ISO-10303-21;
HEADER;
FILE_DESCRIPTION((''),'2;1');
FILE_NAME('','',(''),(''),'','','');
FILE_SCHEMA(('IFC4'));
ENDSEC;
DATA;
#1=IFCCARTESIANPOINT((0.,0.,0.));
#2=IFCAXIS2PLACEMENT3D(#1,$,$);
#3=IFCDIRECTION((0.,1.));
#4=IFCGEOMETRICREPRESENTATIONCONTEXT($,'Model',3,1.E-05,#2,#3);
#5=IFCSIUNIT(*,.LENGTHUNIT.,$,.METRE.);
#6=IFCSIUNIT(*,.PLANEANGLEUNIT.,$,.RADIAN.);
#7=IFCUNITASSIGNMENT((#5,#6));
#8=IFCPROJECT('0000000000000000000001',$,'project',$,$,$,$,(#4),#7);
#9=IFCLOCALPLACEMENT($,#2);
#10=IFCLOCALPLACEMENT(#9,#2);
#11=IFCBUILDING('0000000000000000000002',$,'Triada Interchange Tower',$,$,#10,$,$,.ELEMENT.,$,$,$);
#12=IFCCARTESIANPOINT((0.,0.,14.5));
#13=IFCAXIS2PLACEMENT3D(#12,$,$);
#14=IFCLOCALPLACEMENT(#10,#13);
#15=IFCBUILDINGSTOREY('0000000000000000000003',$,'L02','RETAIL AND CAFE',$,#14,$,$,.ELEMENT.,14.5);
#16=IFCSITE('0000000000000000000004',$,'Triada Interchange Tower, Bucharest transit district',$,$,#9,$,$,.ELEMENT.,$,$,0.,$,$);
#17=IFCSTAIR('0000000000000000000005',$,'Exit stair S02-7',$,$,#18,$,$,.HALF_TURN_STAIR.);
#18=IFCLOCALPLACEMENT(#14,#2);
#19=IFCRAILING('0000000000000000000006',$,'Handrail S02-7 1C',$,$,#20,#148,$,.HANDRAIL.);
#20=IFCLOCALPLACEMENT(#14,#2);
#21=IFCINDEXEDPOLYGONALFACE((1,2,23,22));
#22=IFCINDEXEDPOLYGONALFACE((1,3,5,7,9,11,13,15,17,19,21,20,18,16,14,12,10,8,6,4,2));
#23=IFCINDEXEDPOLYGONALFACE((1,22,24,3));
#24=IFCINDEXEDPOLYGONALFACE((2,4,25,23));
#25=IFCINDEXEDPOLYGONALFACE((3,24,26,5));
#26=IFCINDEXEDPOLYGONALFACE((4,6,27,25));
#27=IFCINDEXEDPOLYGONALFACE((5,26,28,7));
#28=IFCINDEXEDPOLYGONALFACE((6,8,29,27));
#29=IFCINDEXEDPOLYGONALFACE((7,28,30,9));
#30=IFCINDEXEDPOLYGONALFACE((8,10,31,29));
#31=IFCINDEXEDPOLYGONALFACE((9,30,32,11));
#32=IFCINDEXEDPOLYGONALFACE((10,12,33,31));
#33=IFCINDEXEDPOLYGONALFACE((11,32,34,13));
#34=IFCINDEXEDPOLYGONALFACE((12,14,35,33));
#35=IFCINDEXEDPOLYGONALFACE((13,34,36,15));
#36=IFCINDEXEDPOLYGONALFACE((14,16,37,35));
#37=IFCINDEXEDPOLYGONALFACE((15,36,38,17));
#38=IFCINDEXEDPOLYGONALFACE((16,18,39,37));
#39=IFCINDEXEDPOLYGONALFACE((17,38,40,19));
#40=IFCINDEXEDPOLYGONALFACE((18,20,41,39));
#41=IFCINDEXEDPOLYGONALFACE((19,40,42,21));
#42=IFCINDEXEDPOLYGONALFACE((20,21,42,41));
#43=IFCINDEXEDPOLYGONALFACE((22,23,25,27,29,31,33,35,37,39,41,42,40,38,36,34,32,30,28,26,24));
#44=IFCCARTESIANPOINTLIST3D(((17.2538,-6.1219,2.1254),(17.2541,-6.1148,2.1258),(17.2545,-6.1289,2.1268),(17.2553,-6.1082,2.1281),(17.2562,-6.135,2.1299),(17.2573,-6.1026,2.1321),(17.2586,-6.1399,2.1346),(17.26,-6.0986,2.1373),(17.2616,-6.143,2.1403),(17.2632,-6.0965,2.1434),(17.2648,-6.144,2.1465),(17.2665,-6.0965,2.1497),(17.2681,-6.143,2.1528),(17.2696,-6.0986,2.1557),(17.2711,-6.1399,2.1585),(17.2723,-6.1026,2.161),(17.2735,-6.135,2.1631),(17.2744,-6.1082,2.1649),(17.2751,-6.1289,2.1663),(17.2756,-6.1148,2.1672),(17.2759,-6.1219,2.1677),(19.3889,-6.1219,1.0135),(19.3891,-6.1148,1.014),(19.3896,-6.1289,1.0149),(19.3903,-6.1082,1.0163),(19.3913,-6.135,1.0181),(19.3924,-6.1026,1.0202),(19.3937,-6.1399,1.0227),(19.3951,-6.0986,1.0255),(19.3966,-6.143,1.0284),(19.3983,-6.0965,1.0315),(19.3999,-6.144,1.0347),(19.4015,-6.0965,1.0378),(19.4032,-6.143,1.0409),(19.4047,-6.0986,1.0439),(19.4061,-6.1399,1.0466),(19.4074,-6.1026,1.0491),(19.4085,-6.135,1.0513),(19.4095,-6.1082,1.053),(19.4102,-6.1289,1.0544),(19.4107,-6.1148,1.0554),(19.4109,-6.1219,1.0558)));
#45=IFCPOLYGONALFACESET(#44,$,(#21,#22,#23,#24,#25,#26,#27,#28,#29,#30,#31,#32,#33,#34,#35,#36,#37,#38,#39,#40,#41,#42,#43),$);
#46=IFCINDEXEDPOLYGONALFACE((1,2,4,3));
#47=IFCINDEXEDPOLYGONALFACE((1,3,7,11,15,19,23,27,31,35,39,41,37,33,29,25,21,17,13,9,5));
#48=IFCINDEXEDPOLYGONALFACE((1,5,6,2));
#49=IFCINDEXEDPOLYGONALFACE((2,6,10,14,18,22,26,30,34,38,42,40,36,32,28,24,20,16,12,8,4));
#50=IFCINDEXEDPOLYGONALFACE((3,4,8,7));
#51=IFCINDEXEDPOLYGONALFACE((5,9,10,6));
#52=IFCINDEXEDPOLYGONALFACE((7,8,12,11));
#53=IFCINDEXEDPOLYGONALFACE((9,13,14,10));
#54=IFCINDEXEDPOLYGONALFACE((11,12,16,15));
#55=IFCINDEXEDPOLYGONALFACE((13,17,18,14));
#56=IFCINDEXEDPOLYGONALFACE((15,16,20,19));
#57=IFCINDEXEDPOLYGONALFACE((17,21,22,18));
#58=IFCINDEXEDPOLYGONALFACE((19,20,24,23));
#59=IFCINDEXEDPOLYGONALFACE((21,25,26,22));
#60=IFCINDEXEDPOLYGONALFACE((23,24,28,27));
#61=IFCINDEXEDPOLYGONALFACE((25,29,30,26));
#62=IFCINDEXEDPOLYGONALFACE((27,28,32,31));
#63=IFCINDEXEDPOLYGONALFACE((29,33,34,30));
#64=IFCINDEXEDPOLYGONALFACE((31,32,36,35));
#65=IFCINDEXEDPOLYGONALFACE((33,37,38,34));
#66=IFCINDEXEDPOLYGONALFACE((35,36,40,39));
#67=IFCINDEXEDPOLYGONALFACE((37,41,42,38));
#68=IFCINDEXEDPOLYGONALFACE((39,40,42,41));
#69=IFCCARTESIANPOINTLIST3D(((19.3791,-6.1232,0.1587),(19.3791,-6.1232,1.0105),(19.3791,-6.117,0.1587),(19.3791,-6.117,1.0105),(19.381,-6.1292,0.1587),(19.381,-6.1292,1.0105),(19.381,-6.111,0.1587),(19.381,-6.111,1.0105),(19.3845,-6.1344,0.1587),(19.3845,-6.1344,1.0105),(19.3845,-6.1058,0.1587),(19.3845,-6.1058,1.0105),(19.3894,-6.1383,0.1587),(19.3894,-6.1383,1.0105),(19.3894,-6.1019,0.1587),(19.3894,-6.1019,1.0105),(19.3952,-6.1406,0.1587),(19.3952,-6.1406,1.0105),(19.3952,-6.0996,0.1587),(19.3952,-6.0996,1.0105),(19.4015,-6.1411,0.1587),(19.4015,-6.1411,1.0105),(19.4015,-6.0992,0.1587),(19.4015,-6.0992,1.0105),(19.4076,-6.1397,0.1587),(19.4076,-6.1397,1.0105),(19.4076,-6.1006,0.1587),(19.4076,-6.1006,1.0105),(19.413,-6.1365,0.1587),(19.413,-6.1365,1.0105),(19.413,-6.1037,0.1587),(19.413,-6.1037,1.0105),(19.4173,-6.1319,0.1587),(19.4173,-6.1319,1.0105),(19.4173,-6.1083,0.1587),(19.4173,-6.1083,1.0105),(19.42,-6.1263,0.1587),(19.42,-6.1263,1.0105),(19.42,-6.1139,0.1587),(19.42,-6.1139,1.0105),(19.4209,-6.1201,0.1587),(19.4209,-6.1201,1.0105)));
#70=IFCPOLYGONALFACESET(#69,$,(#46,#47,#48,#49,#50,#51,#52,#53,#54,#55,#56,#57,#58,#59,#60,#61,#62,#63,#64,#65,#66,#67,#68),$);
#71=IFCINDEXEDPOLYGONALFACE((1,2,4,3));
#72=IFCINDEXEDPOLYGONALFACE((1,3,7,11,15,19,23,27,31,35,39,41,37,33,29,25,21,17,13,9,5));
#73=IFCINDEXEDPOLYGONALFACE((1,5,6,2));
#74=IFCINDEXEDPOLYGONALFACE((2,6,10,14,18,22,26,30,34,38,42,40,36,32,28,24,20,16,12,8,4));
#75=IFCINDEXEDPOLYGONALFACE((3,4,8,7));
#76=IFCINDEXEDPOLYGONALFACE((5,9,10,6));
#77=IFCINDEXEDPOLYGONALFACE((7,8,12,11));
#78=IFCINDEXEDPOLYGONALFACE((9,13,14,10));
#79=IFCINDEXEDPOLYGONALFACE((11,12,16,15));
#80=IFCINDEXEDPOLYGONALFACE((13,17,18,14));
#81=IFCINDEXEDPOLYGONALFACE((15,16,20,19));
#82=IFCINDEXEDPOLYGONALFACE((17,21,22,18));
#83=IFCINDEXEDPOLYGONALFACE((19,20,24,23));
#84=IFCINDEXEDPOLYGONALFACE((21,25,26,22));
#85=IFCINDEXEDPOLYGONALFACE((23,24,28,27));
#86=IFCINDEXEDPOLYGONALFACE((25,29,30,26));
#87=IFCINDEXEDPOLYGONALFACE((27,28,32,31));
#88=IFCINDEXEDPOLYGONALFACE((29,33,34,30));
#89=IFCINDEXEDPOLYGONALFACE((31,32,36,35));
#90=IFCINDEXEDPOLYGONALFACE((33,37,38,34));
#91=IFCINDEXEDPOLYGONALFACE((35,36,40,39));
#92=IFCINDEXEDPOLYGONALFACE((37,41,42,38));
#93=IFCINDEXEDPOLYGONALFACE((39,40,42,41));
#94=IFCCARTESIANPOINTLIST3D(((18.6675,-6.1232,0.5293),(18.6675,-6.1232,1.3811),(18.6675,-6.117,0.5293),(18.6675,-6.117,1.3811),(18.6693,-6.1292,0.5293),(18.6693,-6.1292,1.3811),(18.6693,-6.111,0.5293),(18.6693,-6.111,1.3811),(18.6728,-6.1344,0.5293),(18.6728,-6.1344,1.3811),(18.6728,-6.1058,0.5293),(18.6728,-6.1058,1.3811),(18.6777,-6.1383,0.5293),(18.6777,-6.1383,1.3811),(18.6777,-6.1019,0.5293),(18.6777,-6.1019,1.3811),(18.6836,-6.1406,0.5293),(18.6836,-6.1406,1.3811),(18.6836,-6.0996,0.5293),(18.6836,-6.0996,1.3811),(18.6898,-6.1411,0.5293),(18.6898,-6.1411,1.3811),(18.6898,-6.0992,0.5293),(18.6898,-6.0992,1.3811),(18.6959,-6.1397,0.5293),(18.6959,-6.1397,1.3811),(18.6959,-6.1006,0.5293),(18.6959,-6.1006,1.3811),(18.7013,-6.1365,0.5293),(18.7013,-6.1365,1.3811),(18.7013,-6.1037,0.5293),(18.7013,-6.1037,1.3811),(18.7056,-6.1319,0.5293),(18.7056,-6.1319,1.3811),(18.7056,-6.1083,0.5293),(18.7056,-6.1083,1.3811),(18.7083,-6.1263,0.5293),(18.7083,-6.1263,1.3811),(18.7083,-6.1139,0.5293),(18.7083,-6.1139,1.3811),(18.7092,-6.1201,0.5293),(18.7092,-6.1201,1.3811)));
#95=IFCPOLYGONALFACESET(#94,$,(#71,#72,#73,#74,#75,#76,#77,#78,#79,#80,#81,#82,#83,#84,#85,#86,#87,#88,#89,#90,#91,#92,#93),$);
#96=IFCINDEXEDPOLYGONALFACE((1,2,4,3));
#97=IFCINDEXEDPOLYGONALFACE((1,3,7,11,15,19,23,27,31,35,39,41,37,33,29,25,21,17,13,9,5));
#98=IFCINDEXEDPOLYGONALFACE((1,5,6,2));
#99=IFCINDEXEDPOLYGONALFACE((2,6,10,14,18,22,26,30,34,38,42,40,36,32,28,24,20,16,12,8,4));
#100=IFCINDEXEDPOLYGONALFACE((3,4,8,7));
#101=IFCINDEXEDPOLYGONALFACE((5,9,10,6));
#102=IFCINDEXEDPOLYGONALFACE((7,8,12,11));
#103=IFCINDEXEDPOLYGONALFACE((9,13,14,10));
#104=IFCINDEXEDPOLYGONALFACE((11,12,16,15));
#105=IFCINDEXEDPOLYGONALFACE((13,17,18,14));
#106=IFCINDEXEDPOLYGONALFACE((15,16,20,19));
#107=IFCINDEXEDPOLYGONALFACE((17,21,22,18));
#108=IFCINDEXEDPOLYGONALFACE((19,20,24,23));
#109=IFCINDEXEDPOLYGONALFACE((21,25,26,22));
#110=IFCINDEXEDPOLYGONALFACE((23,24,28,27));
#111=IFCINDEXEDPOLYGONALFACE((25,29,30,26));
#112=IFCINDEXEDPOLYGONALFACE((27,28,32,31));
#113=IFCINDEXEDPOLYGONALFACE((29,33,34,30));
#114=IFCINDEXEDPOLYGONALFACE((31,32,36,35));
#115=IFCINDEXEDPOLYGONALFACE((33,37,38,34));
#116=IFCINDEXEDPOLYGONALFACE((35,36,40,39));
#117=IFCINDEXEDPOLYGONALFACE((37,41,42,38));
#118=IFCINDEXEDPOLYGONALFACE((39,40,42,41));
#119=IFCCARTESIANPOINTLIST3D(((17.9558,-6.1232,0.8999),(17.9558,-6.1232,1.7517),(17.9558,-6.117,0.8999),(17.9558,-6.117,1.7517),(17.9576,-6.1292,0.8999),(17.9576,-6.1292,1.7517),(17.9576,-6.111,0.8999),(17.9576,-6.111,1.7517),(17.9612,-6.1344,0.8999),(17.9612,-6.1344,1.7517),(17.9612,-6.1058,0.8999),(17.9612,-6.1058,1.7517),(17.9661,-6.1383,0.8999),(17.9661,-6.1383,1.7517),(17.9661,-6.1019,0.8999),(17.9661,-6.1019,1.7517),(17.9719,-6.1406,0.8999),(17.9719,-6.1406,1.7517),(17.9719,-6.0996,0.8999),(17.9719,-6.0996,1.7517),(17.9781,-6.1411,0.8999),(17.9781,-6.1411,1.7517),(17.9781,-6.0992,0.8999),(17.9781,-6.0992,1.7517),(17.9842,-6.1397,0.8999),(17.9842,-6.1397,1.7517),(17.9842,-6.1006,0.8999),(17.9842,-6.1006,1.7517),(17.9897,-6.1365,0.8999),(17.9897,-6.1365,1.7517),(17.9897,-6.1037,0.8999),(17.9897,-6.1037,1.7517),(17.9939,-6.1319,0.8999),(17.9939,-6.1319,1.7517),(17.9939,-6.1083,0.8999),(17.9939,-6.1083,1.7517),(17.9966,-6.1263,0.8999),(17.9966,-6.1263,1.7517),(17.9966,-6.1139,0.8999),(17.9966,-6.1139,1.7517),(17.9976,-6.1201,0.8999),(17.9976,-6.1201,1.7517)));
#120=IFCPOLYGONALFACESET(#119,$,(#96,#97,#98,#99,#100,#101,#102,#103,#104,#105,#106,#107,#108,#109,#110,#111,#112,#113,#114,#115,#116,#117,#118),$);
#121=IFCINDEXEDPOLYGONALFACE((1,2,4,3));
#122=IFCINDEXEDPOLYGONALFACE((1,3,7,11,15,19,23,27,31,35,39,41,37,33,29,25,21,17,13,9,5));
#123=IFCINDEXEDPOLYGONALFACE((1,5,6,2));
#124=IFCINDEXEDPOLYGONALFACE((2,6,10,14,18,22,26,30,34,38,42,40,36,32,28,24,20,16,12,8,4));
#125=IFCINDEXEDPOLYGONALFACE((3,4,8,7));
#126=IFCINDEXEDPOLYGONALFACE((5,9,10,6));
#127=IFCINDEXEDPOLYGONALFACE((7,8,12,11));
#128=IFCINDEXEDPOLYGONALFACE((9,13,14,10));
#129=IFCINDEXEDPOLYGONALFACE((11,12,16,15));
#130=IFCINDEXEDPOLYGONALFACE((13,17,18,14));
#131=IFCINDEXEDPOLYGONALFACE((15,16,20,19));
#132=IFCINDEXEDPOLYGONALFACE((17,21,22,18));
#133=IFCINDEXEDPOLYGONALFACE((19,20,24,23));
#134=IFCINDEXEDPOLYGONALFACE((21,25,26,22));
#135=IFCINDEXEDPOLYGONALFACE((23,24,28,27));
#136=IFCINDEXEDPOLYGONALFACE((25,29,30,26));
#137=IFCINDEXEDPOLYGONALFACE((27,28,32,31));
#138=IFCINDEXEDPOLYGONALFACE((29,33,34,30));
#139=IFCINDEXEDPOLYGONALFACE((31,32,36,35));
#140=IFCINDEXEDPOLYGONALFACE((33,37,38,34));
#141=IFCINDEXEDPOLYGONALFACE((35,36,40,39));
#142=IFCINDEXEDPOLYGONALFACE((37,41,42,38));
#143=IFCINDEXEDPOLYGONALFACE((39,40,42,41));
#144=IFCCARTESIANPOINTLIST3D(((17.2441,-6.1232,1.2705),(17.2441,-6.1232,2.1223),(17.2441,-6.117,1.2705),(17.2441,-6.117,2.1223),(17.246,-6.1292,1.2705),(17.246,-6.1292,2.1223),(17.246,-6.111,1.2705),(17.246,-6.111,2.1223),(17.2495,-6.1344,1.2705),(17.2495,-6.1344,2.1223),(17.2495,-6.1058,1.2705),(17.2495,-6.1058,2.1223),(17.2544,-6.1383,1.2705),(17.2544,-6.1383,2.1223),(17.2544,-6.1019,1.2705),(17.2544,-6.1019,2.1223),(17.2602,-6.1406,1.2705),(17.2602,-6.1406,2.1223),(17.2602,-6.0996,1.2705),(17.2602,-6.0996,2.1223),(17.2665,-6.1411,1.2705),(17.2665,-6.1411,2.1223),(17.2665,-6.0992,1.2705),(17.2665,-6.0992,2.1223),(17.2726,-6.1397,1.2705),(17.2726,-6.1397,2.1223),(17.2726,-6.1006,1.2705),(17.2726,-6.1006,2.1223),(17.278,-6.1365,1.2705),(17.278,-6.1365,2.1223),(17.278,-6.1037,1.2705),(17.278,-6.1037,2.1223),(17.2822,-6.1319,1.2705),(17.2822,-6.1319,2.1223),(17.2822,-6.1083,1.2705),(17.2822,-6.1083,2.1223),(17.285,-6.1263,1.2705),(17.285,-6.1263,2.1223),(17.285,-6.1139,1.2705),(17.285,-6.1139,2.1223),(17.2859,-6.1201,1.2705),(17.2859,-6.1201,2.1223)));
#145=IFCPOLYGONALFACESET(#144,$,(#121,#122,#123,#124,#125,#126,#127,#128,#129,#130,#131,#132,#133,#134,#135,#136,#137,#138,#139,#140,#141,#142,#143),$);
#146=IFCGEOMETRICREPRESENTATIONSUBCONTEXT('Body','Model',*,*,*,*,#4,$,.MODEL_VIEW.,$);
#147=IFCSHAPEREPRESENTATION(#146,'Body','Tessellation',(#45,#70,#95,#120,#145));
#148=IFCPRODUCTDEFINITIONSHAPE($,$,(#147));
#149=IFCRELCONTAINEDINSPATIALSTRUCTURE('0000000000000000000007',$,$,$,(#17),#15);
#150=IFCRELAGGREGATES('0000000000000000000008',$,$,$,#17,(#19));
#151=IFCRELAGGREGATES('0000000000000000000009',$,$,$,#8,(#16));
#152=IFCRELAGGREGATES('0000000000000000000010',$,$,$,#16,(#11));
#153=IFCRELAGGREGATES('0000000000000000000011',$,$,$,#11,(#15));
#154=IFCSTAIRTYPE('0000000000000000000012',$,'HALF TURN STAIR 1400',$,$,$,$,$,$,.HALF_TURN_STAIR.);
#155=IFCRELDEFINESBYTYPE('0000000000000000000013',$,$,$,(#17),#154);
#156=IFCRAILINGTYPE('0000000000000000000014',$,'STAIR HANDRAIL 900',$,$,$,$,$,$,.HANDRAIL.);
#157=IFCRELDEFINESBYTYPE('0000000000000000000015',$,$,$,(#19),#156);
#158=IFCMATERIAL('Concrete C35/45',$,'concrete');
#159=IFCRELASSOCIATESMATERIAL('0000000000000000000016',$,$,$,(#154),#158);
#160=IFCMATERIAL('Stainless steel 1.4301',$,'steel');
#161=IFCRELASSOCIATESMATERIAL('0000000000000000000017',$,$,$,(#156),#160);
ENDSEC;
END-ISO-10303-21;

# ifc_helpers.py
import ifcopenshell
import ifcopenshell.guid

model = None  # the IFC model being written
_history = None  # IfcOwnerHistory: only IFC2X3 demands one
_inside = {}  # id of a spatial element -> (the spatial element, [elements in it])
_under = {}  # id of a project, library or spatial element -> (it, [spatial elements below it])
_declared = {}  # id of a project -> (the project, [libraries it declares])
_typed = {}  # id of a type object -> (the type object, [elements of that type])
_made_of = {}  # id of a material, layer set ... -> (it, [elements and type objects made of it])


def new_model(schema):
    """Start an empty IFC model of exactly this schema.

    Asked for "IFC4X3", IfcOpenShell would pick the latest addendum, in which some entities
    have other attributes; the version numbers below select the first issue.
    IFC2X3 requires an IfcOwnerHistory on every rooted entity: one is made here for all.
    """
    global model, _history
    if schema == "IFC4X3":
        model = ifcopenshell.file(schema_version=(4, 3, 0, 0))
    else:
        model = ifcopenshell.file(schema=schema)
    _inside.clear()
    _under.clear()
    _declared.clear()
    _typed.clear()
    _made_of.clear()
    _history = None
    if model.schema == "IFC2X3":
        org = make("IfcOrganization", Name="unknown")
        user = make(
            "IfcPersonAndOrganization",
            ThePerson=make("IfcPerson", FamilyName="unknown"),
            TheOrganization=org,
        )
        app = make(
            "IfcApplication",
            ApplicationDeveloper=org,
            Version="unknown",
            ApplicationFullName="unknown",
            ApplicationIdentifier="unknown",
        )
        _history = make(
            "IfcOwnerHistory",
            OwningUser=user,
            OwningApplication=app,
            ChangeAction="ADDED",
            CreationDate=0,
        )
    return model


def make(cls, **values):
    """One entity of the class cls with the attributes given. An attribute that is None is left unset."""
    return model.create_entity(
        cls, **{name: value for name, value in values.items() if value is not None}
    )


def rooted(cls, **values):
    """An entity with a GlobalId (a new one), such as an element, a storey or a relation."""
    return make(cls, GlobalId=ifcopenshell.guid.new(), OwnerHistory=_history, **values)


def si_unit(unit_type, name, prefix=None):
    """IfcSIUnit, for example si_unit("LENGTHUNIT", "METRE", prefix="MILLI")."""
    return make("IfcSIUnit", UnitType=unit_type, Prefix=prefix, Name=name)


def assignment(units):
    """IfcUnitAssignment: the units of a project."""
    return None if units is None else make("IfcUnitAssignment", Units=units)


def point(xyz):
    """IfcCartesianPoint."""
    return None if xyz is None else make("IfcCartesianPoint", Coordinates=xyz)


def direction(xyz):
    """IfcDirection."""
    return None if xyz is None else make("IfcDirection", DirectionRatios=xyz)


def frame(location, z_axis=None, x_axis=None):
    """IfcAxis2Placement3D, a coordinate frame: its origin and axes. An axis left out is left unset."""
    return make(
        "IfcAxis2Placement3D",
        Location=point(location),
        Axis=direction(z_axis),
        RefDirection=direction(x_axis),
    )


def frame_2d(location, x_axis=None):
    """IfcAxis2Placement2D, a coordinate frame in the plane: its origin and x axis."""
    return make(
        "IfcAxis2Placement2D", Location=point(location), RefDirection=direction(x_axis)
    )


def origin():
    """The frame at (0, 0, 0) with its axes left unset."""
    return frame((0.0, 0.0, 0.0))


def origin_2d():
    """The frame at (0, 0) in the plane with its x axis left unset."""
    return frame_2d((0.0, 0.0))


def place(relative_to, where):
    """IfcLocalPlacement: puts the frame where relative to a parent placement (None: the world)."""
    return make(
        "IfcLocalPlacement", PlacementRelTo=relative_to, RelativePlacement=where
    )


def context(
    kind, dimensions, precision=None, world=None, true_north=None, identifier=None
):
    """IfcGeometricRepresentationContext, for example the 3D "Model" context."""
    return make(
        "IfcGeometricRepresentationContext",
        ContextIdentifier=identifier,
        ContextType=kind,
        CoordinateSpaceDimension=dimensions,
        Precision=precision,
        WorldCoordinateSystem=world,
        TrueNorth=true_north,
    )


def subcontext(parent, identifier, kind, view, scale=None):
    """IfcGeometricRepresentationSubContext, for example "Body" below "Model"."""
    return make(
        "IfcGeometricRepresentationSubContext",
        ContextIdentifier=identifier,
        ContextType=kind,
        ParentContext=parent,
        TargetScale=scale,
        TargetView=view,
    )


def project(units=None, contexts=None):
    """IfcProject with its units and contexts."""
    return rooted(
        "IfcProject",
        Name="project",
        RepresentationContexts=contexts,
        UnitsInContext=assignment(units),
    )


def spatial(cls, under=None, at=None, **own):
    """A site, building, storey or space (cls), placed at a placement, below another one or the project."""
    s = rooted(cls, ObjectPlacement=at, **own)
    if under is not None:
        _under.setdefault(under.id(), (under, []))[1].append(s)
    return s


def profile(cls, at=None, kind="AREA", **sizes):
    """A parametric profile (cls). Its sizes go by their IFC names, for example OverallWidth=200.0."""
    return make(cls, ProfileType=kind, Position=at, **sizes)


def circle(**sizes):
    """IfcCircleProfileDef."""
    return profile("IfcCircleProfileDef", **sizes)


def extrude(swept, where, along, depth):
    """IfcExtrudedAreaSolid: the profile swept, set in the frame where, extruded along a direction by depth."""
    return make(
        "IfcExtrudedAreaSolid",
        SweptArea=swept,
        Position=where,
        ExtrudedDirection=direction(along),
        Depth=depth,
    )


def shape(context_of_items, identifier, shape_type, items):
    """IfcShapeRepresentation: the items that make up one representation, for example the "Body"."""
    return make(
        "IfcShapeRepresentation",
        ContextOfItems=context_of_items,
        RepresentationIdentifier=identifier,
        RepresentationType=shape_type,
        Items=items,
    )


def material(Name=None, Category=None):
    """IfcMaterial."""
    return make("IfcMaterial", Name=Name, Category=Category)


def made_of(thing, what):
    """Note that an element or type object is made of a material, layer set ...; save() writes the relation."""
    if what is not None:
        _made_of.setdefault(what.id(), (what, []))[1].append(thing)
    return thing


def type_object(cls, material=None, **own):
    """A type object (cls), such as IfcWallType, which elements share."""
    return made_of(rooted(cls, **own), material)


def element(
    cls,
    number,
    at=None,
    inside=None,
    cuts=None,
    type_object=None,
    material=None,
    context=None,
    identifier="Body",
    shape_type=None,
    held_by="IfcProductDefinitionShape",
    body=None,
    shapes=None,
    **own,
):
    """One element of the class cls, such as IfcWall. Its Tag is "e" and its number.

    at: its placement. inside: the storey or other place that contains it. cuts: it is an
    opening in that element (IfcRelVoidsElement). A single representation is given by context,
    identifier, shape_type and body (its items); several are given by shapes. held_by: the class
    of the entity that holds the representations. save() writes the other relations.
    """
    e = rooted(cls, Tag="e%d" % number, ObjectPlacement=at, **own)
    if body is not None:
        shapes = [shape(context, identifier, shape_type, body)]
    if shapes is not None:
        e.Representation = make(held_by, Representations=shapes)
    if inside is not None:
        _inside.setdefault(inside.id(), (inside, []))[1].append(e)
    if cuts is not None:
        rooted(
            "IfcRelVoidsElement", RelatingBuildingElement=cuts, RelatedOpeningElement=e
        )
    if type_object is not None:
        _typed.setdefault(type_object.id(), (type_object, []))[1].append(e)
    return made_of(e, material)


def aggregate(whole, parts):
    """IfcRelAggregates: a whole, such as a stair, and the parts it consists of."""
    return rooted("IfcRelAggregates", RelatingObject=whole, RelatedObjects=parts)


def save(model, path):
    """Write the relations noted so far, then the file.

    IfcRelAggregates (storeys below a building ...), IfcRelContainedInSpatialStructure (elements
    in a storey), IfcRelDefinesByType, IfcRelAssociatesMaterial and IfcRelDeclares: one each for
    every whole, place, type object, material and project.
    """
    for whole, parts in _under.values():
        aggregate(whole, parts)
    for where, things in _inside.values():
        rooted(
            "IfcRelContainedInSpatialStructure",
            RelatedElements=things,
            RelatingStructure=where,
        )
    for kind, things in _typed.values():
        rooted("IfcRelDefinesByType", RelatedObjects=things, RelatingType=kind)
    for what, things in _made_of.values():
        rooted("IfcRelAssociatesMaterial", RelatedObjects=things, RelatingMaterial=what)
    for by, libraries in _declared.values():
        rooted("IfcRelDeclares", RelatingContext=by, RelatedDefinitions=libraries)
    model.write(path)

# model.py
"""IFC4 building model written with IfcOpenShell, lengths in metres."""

from ifc_helpers import new_model, si_unit, direction, frame, origin, origin_2d, place, context, subcontext, project, spatial, circle, extrude, material, type_object, element, aggregate, save


model = new_model("IFC4")

# Units and contexts
model_context = context("Model", 3, precision=1e-05, world=origin(), true_north=direction((0.0, 1.0)))
body_context = subcontext(model_context, "Body", "Model", "MODEL_VIEW")
ifc_project = project(units=[si_unit("LENGTHUNIT", "METRE"), si_unit("PLANEANGLEUNIT", "RADIAN")], contexts=[model_context])

# Site, building, storey
site_placement = place(None, origin())
site = spatial("IfcSite", under=ifc_project, at=site_placement, Name="Triada Interchange Tower, Bucharest transit district", CompositionType="ELEMENT", RefElevation=0.0)
building_placement = place(site_placement, origin())
building = spatial("IfcBuilding", under=site, at=building_placement, Name="Triada Interchange Tower", CompositionType="ELEMENT")
storey_placement = place(building_placement, frame((0.0, 0.0, 14.5)))
storey = spatial("IfcBuildingStorey", under=building, at=storey_placement, Name="L02", Description="RETAIL AND CAFE", CompositionType="ELEMENT", Elevation=14.5)

# Shared definitions
ifc_material_1 = material(Name="Concrete C35/45", Category="concrete")

# Stair, railing
stair_type = type_object("IfcStairType", Name="HALF TURN STAIR 1400", PredefinedType="HALF_TURN_STAIR", material=ifc_material_1)
stair_placement = place(storey_placement, origin())
stair = element("IfcStair", 1, at=stair_placement, inside=storey, type_object=stair_type, Name="Exit stair S02-7", PredefinedType="HALF_TURN_STAIR")
ifc_material_2 = material(Name="Stainless steel 1.4301", Category="steel")
railing_type_1 = type_object("IfcRailingType", Name="STAIR HANDRAIL 900", PredefinedType="HANDRAIL", material=ifc_material_2)
railing_1_placement = place(storey_placement, frame((19.3999, -6.1201, 0.1587)))
railing_1 = element("IfcRailing", 2, at=railing_1_placement, type_object=railing_type_1, Name="Handrail S02-7 1C", PredefinedType="HANDRAIL", context=body_context, shape_type="SweptSolid", body=[
    extrude(circle(Radius=0.0239, at=origin_2d()), frame((0.0, 0.0, 0.876), z_axis=(-0.886943, 0.0, 0.46188), x_axis=(0.0, -1.0, 0.0)), (0.0, 0.0, 1.0), 2.4072),
    extrude(circle(Radius=0.021, at=origin_2d()), origin(), (0.0, 0.0, 1.0), 0.8518),
    extrude(circle(Radius=0.021, at=origin_2d()), frame((-0.7117, 0.0, 0.3706)), (0.0, 0.0, 1.0), 0.8518),
    extrude(circle(Radius=0.021, at=origin_2d()), frame((-1.4233, 0.0, 0.7412)), (0.0, 0.0, 1.0), 0.8518),
    extrude(circle(Radius=0.021, at=origin_2d()), frame((-2.135, 0.0, 1.1118)), (0.0, 0.0, 1.0), 0.8518),
])
aggregate(stair, [railing_1])

save(model, "model.ifc")
